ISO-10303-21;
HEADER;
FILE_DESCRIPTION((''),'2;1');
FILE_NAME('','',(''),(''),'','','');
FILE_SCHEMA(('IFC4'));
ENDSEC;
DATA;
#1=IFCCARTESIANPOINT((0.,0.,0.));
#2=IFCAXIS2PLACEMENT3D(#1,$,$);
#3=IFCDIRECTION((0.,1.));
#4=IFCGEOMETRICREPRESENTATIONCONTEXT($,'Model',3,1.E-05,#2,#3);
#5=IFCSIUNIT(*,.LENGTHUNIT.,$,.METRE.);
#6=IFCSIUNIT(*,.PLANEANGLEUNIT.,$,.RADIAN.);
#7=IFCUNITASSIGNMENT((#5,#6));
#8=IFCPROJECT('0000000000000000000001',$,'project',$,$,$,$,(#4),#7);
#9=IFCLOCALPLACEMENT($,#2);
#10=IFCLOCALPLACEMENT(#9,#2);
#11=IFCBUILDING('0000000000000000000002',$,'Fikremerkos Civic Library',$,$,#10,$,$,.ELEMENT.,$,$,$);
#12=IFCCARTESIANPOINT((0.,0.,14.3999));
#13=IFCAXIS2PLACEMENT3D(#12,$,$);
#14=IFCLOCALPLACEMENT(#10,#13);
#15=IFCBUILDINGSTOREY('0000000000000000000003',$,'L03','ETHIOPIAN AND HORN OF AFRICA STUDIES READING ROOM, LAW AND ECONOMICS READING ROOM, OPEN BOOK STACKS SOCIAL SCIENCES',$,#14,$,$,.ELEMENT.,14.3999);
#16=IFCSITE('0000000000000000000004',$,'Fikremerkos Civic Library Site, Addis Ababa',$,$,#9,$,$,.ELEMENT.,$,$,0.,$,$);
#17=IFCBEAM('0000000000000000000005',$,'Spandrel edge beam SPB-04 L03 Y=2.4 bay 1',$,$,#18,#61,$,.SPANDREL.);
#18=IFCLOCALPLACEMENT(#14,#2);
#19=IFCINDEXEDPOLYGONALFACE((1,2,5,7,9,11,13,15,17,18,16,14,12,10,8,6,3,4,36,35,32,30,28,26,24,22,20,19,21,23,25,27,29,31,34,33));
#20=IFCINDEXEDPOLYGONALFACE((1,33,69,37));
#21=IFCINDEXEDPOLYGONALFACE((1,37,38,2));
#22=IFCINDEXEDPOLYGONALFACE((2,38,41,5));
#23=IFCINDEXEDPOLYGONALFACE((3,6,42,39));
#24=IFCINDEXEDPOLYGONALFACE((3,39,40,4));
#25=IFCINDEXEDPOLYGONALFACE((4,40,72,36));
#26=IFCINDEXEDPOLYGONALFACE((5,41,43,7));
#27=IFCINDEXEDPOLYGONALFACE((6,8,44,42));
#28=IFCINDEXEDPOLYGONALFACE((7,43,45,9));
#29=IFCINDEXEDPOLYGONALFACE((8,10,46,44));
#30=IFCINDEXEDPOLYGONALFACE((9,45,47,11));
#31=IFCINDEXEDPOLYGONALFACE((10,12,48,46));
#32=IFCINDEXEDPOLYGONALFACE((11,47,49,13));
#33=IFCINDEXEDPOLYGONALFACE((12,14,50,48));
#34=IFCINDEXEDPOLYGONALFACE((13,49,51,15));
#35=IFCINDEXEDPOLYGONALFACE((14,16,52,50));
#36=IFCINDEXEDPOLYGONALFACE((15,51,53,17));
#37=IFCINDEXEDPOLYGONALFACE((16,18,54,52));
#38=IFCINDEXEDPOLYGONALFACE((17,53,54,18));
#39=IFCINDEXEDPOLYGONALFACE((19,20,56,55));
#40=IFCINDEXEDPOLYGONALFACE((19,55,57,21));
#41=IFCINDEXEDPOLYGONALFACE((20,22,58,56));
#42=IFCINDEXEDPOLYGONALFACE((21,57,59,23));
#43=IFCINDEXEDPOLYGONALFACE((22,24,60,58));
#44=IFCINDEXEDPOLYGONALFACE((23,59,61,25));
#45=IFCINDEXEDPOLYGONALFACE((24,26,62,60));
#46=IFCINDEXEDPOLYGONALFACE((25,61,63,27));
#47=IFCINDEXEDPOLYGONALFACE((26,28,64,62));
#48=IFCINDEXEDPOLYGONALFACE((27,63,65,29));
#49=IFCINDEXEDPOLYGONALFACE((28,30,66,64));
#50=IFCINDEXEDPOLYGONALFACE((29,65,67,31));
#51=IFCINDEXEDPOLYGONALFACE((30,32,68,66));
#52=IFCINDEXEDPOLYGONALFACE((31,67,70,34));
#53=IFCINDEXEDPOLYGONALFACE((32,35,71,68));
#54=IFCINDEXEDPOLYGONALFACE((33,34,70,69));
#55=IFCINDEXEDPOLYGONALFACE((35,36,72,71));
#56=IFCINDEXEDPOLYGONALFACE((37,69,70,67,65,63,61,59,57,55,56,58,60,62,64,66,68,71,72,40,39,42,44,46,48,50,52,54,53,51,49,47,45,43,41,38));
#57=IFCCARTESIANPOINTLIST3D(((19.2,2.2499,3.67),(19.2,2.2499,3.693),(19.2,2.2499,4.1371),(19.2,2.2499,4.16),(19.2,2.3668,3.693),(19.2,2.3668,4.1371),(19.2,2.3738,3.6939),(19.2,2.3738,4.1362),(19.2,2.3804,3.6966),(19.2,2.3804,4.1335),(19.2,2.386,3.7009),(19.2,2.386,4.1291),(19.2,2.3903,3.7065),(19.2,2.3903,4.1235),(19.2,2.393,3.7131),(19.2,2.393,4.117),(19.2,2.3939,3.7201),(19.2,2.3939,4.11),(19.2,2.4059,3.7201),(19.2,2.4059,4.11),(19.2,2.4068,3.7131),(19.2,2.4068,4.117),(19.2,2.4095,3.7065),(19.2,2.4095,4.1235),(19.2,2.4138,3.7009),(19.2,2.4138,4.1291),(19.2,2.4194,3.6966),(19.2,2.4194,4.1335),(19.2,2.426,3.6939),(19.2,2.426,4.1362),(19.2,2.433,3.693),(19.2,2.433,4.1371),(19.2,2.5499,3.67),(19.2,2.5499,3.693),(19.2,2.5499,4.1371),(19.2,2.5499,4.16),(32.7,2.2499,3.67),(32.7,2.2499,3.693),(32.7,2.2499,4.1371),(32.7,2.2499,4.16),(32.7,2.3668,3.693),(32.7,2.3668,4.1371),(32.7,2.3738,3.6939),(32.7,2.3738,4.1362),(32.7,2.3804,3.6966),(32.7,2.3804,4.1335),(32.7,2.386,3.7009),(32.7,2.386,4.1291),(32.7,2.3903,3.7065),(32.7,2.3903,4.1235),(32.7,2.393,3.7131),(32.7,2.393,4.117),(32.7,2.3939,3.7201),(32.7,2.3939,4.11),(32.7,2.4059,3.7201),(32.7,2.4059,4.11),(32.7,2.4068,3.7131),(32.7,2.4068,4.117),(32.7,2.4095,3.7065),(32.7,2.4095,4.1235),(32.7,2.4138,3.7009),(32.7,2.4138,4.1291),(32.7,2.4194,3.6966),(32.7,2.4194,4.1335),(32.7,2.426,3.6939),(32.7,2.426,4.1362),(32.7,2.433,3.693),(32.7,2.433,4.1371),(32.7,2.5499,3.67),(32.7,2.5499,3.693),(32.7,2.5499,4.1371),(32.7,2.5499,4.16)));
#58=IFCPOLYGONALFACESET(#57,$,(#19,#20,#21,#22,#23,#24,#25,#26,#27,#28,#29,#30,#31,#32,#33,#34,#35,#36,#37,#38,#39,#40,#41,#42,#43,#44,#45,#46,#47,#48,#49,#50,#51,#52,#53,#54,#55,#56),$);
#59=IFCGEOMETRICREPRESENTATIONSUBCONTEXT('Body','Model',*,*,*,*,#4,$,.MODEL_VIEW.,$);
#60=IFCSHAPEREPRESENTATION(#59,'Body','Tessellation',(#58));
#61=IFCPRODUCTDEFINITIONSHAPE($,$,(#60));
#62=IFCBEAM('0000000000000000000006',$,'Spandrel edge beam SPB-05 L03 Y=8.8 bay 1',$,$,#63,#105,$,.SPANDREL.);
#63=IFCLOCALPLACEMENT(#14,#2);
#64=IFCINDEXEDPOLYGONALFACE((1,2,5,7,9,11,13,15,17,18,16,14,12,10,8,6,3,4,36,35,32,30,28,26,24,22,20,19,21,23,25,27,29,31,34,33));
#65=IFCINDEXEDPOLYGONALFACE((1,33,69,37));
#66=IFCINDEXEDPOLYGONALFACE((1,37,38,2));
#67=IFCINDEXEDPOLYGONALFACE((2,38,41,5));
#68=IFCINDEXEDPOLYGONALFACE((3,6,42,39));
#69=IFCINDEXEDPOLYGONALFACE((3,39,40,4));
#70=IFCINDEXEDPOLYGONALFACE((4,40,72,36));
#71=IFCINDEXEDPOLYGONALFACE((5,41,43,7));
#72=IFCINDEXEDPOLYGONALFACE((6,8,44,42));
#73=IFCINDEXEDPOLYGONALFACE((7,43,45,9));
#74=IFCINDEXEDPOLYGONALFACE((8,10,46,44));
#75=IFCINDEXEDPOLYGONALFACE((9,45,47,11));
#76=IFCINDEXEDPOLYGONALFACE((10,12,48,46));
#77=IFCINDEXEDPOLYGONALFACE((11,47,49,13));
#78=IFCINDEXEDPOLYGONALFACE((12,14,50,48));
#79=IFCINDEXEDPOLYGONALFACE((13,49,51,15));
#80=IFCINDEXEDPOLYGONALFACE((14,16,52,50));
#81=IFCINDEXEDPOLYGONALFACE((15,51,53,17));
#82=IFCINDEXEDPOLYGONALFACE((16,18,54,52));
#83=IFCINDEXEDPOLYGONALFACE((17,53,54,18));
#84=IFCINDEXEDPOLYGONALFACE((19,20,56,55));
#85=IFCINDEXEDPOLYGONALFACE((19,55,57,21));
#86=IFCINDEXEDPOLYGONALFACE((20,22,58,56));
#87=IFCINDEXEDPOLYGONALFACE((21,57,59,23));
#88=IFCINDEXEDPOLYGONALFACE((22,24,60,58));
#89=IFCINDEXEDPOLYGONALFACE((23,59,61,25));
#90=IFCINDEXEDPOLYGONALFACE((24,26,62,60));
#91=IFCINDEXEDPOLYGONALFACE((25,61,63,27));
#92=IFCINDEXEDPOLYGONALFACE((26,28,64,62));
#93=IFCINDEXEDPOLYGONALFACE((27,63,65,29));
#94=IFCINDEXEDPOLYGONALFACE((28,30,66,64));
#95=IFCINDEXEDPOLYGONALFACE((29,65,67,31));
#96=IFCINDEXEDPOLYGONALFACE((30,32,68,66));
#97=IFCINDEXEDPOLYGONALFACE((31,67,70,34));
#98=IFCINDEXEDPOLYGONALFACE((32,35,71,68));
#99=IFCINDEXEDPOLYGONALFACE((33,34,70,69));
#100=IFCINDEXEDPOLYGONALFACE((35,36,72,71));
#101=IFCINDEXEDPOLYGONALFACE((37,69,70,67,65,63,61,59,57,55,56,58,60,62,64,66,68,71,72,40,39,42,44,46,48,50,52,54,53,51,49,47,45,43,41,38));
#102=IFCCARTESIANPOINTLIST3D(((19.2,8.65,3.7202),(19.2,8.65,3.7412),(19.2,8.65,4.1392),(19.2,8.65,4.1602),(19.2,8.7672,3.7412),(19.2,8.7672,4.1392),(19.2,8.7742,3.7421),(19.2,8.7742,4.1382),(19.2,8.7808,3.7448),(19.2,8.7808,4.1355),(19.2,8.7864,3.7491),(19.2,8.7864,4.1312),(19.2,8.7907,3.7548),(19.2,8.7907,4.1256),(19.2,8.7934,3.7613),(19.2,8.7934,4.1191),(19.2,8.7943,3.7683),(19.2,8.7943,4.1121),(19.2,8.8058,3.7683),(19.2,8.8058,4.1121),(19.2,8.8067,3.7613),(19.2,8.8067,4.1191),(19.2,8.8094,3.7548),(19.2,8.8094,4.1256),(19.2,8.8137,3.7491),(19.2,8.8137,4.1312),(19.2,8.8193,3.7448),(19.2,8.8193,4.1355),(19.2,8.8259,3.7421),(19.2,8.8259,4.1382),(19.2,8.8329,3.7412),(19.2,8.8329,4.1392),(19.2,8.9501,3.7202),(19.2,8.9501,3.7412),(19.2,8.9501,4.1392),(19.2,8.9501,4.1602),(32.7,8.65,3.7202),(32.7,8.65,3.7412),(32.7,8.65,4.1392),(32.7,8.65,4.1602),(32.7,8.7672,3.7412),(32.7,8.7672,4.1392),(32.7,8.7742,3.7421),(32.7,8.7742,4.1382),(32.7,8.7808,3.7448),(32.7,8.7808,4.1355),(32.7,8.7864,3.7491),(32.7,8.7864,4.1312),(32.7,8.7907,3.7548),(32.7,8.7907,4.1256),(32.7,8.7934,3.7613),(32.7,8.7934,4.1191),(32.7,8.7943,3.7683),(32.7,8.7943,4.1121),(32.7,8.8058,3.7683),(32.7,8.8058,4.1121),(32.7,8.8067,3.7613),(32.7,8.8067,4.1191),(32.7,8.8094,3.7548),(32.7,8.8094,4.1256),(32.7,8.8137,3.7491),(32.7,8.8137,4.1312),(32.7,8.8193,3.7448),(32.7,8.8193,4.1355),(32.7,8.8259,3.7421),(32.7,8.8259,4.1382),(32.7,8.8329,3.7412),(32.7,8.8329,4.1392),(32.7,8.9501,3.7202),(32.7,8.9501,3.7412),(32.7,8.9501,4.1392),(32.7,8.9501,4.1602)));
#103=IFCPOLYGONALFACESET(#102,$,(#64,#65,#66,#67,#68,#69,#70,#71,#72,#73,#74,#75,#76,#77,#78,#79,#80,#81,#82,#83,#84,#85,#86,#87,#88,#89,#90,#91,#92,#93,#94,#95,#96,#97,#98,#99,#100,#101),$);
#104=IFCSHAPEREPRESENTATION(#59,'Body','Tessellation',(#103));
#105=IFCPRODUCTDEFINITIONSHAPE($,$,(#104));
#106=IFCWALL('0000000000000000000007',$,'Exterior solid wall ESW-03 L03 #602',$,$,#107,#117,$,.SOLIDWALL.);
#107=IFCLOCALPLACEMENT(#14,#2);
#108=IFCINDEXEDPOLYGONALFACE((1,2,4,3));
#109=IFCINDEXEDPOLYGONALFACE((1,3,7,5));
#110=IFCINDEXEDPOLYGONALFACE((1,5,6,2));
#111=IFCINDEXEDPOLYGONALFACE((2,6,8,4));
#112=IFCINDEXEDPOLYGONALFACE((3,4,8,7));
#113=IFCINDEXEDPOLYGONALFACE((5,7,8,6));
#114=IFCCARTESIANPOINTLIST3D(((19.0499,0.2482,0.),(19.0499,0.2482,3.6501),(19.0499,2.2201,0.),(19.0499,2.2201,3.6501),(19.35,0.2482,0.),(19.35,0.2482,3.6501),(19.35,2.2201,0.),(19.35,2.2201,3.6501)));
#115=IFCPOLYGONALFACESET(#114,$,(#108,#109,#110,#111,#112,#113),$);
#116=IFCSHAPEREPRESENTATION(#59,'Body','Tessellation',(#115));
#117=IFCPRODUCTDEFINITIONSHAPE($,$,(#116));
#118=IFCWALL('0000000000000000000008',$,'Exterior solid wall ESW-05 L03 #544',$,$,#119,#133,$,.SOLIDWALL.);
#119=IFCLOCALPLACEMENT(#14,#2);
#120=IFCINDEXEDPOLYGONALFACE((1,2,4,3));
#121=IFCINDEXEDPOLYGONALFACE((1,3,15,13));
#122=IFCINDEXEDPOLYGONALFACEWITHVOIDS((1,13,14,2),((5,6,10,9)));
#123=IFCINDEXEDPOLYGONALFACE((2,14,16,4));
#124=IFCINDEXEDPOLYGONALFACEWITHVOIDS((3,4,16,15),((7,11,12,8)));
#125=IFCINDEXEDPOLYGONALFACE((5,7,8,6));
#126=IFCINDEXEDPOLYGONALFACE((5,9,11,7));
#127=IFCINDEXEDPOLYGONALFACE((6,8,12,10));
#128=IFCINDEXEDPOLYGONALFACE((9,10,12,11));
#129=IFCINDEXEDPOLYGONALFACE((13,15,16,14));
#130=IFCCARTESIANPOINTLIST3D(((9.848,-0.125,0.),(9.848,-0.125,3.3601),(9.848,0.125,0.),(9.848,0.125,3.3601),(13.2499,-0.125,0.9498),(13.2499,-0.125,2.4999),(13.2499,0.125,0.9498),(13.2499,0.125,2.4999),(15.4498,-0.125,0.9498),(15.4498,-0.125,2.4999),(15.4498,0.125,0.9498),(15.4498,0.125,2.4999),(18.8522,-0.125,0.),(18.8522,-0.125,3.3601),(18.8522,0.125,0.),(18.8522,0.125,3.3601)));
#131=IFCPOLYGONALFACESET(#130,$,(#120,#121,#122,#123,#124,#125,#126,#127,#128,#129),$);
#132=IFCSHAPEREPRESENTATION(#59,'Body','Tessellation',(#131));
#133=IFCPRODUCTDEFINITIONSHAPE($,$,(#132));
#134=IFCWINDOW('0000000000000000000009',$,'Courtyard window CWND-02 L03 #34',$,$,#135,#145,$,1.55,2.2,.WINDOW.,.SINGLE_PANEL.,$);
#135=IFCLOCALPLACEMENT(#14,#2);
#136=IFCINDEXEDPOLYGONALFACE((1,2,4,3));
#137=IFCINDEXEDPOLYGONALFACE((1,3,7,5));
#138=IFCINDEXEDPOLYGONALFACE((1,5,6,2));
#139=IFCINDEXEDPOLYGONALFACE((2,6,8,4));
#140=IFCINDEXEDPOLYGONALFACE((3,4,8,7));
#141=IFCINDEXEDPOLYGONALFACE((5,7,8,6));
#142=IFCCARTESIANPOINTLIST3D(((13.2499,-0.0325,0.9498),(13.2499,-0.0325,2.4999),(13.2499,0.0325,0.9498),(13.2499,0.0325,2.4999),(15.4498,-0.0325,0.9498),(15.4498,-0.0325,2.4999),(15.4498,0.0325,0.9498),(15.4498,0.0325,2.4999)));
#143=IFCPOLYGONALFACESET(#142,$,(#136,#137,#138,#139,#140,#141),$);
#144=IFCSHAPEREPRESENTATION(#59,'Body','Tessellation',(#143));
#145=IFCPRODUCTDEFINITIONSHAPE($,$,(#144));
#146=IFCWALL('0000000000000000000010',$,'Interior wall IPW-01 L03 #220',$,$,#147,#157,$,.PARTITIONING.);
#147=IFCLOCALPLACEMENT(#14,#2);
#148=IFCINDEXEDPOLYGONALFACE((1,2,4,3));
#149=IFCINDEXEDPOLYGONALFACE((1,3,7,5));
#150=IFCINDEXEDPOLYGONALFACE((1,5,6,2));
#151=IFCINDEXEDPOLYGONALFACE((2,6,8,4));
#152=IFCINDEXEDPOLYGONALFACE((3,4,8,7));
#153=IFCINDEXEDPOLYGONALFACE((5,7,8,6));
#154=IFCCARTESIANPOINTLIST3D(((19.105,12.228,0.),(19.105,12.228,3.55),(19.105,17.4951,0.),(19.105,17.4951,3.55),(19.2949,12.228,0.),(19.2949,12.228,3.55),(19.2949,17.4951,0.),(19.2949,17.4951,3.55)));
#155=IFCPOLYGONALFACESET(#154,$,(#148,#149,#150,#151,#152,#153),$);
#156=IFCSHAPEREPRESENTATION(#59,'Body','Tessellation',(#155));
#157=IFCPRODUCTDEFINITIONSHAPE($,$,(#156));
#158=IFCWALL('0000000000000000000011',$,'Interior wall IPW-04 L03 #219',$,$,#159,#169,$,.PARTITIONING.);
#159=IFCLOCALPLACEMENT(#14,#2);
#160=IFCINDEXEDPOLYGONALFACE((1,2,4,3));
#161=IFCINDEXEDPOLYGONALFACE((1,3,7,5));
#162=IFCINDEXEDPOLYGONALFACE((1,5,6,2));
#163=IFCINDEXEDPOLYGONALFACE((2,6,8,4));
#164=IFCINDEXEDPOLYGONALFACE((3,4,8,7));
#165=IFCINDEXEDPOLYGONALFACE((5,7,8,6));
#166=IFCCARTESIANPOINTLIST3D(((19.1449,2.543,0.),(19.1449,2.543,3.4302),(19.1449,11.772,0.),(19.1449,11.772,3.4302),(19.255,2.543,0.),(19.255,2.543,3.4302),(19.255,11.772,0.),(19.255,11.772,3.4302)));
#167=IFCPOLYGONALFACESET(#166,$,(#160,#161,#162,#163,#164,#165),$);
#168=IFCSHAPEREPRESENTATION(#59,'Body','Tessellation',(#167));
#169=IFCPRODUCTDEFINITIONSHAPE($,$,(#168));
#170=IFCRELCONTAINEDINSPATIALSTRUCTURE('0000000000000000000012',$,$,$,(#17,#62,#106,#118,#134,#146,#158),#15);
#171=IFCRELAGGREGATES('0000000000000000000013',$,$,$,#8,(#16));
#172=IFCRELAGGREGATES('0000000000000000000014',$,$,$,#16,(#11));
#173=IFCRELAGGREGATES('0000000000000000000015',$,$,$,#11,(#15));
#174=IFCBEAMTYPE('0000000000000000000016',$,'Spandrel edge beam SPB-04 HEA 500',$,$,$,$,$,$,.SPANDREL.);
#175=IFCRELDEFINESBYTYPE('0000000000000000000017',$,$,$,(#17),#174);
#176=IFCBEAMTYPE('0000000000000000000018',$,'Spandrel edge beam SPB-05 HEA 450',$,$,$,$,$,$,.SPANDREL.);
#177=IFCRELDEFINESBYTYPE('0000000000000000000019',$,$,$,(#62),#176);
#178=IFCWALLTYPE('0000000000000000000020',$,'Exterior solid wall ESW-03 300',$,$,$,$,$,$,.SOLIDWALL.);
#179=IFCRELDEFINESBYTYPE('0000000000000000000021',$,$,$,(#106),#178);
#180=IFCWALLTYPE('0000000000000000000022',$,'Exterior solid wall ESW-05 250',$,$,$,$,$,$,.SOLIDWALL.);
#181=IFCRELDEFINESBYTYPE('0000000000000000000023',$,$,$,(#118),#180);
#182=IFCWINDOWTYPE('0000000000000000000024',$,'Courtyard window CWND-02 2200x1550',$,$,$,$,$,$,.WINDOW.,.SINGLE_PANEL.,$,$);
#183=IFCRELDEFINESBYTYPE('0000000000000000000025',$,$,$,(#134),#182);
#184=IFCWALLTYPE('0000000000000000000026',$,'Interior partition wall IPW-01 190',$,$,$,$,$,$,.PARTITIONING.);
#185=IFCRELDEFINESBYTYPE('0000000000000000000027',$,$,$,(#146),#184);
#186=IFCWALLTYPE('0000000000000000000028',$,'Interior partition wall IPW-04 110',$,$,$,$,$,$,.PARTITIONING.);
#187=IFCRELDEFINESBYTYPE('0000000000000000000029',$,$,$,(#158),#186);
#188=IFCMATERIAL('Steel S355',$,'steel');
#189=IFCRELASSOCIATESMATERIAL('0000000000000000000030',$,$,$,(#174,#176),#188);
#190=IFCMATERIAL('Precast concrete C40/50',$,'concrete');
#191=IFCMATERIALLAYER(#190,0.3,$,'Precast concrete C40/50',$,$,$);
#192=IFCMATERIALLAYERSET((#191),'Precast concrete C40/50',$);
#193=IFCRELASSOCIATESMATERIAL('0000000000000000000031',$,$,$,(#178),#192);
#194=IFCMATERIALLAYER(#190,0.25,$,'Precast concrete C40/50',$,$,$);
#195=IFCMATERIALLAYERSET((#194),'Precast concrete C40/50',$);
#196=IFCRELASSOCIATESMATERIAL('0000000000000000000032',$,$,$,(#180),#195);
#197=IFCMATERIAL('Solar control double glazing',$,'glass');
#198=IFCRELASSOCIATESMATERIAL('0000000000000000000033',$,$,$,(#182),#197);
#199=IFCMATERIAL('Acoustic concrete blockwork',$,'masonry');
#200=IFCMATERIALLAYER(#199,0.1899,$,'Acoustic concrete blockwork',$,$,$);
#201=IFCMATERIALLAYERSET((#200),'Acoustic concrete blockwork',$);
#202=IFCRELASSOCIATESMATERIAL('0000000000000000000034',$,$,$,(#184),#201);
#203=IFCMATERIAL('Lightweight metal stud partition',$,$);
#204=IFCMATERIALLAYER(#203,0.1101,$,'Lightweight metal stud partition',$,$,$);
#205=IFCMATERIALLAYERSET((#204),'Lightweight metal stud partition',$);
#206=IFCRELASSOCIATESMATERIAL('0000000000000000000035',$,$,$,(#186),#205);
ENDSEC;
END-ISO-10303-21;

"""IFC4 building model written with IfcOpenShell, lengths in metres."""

from ifc_helpers import new_model, si_unit, direction, frame, frame_2d, origin, origin_2d, place, context, subcontext, project, spatial, rectangle, i_section, extrude, material, layer, layer_set, material_profile, profile_set, type_object, element, fill, save


model = new_model("IFC4")

# Units and contexts
model_context = context("Model", 3, precision=1e-05, world=origin(), true_north=direction((0.0, 1.0)))
body_context = subcontext(model_context, "Body", "Model", "MODEL_VIEW")
ifc_project = project(units=[si_unit("LENGTHUNIT", "METRE"), si_unit("PLANEANGLEUNIT", "RADIAN")], contexts=[model_context])

# Site, building, storey
site_placement = place(None, origin())
site = spatial("IfcSite", under=ifc_project, at=site_placement, Name="Fikremerkos Civic Library Site, Addis Ababa", CompositionType="ELEMENT", RefElevation=0.0)
building_placement = place(site_placement, origin())
building = spatial("IfcBuilding", under=site, at=building_placement, Name="Fikremerkos Civic Library", CompositionType="ELEMENT")
storey_placement = place(building_placement, frame((0.0, 0.0, 14.3999)))
storey = spatial("IfcBuildingStorey", under=building, at=storey_placement, Name="L03", Description="ETHIOPIAN AND HORN OF AFRICA STUDIES READING ROOM, LAW AND ECONOMICS READING ROOM, OPEN BOOK STACKS SOCIAL SCIENCES", CompositionType="ELEMENT", Elevation=14.3999)

# Shared definitions
ifc_material_1 = material(Name="Steel S355", Category="steel")

# Beams
ifc_material_profile_1 = material_profile(ifc_material_1, i_section(OverallWidth=0.3, OverallDepth=0.49, WebThickness=0.012, FlangeThickness=0.0229, FilletRadius=0.0271, at=origin_2d()), Name="HEA 500")
ifc_profile_set_1 = profile_set([ifc_material_profile_1], Name="Steel S355")
beam_type_1 = type_object("IfcBeamType", Name="Spandrel edge beam SPB-04 HEA 500", PredefinedType="SPANDREL", material=ifc_profile_set_1)
beam_1_placement = place(storey_placement, frame((19.2, 2.3999, 3.915), z_axis=(1.0, 0.0, 0.0), x_axis=(0.0, 1.0, 0.0)))
element("IfcBeam", 1, at=beam_1_placement, inside=storey, type_object=beam_type_1, Name="Spandrel edge beam SPB-04 L03 Y=2.4 bay 1", PredefinedType="SPANDREL", context=body_context, shape_type="SweptSolid", body=[
    extrude(i_section(OverallWidth=0.3, OverallDepth=0.49, WebThickness=0.012, FlangeThickness=0.0229, FilletRadius=0.0271, at=origin_2d()), origin(), (0.0, 0.0, 1.0), 13.5),
])
ifc_material_profile_2 = material_profile(ifc_material_1, i_section(OverallWidth=0.3, OverallDepth=0.4399, WebThickness=0.0115, FlangeThickness=0.021, FilletRadius=0.0271, at=origin_2d()), Name="HEA 450")
ifc_profile_set_2 = profile_set([ifc_material_profile_2], Name="Steel S355")
beam_type_2 = type_object("IfcBeamType", Name="Spandrel edge beam SPB-05 HEA 450", PredefinedType="SPANDREL", material=ifc_profile_set_2)
beam_2_placement = place(storey_placement, frame((19.2, 8.8, 3.9402), z_axis=(1.0, 0.0, 0.0), x_axis=(0.0, 1.0, 0.0)))
element("IfcBeam", 2, at=beam_2_placement, inside=storey, type_object=beam_type_2, Name="Spandrel edge beam SPB-05 L03 Y=8.8 bay 1", PredefinedType="SPANDREL", context=body_context, shape_type="SweptSolid", body=[
    extrude(i_section(OverallWidth=0.3, OverallDepth=0.4399, WebThickness=0.0115, FlangeThickness=0.021, FilletRadius=0.0271, at=origin_2d()), origin(), (0.0, 0.0, 1.0), 13.5),
])

# Wall
ifc_material_2 = material(Name="Precast concrete C40/50", Category="concrete")
ifc_layer_1 = layer(ifc_material_2, 0.3, Name="Precast concrete C40/50")
ifc_layer_set_1 = layer_set([ifc_layer_1], Name="Precast concrete C40/50")
wall_type_1 = type_object("IfcWallType", Name="Exterior solid wall ESW-03 300", PredefinedType="SOLIDWALL", material=ifc_layer_set_1)
wall_1_placement = place(storey_placement, frame((19.2, 2.22, 0.0), z_axis=(0.0, 0.0, 1.0), x_axis=(0.0, -1.0, 0.0)))
element("IfcWall", 3, at=wall_1_placement, inside=storey, type_object=wall_type_1, Name="Exterior solid wall ESW-03 L03 #602", PredefinedType="SOLIDWALL", context=body_context, shape_type="SweptSolid", body=[
    extrude(rectangle(XDim=1.9719, YDim=0.3, at=frame_2d((0.9858, 0.0))), origin(), (0.0, 0.0, 1.0), 3.6501),
])

# Wall, opening, window
ifc_layer_2 = layer(ifc_material_2, 0.25, Name="Precast concrete C40/50")
ifc_layer_set_2 = layer_set([ifc_layer_2], Name="Precast concrete C40/50")
wall_type_2 = type_object("IfcWallType", Name="Exterior solid wall ESW-05 250", PredefinedType="SOLIDWALL", material=ifc_layer_set_2)
wall_2_placement = place(storey_placement, frame((18.8521, 0.0, 0.0), z_axis=(0.0, 0.0, 1.0), x_axis=(-1.0, 0.0, 0.0)))
wall_2 = element("IfcWall", 4, at=wall_2_placement, inside=storey, type_object=wall_type_2, Name="Exterior solid wall ESW-05 L03 #544", PredefinedType="SOLIDWALL", context=body_context, shape_type="SweptSolid", body=[
    extrude(rectangle(XDim=9.0042, YDim=0.25, at=frame_2d((4.502, 0.0))), origin(), (0.0, 0.0, 1.0), 3.3601),
])
opening_placement = place(wall_2_placement, frame((3.4021, 0.0, 0.95)))
opening = element("IfcOpeningElement", 5, at=opening_placement, cuts=wall_2, PredefinedType="OPENING", context=body_context, shape_type="SweptSolid", body=[
    extrude(rectangle(XDim=2.2, YDim=1.55, at=frame_2d((1.1001, 0.7749))), frame((0.0, 0.135, 0.0), z_axis=(0.0, -1.0, 0.0), x_axis=(1.0, 0.0, 0.0)), (0.0, 0.0, 1.0), 0.27),
])
ifc_material_3 = material(Name="Solar control double glazing", Category="glass")
window_type = type_object("IfcWindowType", Name="Courtyard window CWND-02 2200x1550", PartitioningType="SINGLE_PANEL", PredefinedType="WINDOW", material=ifc_material_3)
window_placement = place(opening_placement, origin())
window = element("IfcWindow", 6, at=window_placement, inside=storey, type_object=window_type, Name="Courtyard window CWND-02 L03 #34", OverallHeight=1.55, OverallWidth=2.2, PartitioningType="SINGLE_PANEL", PredefinedType="WINDOW", context=body_context, shape_type="SweptSolid", body=[
    extrude(rectangle(XDim=2.2, YDim=1.55, at=frame_2d((1.1001, 0.7749))), frame((0.0, 0.0325, 0.0), z_axis=(0.0, -1.0, 0.0), x_axis=(1.0, 0.0, 0.0)), (0.0, 0.0, 1.0), 0.0649),
])
fill(opening, window)

# Walls
ifc_material_4 = material(Name="Acoustic concrete blockwork", Category="masonry")
ifc_layer_3 = layer(ifc_material_4, 0.1899, Name="Acoustic concrete blockwork")
ifc_layer_set_3 = layer_set([ifc_layer_3], Name="Acoustic concrete blockwork")
wall_type_3 = type_object("IfcWallType", Name="Interior partition wall IPW-01 190", PredefinedType="PARTITIONING", material=ifc_layer_set_3)
wall_3_placement = place(storey_placement, frame((19.2, 12.228, 0.0), z_axis=(0.0, 0.0, 1.0), x_axis=(0.0, 1.0, 0.0)))
element("IfcWall", 7, at=wall_3_placement, inside=storey, type_object=wall_type_3, Name="Interior wall IPW-01 L03 #220", PredefinedType="PARTITIONING", context=body_context, shape_type="SweptSolid", body=[
    extrude(rectangle(XDim=5.2671, YDim=0.1899, at=frame_2d((2.6335, 0.0))), origin(), (0.0, 0.0, 1.0), 3.55),
])
ifc_material_5 = material(Name="Lightweight metal stud partition")
ifc_layer_4 = layer(ifc_material_5, 0.1101, Name="Lightweight metal stud partition")
ifc_layer_set_4 = layer_set([ifc_layer_4], Name="Lightweight metal stud partition")
wall_type_4 = type_object("IfcWallType", Name="Interior partition wall IPW-04 110", PredefinedType="PARTITIONING", material=ifc_layer_set_4)
wall_4_placement = place(storey_placement, frame((19.2, 2.543, 0.0), z_axis=(0.0, 0.0, 1.0), x_axis=(0.0, 1.0, 0.0)))
element("IfcWall", 8, at=wall_4_placement, inside=storey, type_object=wall_type_4, Name="Interior wall IPW-04 L03 #219", PredefinedType="PARTITIONING", context=body_context, shape_type="SweptSolid", body=[
    extrude(rectangle(XDim=9.229, YDim=0.1101, at=frame_2d((4.6145, 0.0))), origin(), (0.0, 0.0, 1.0), 3.4302),
])

save(model, "model.ifc")
